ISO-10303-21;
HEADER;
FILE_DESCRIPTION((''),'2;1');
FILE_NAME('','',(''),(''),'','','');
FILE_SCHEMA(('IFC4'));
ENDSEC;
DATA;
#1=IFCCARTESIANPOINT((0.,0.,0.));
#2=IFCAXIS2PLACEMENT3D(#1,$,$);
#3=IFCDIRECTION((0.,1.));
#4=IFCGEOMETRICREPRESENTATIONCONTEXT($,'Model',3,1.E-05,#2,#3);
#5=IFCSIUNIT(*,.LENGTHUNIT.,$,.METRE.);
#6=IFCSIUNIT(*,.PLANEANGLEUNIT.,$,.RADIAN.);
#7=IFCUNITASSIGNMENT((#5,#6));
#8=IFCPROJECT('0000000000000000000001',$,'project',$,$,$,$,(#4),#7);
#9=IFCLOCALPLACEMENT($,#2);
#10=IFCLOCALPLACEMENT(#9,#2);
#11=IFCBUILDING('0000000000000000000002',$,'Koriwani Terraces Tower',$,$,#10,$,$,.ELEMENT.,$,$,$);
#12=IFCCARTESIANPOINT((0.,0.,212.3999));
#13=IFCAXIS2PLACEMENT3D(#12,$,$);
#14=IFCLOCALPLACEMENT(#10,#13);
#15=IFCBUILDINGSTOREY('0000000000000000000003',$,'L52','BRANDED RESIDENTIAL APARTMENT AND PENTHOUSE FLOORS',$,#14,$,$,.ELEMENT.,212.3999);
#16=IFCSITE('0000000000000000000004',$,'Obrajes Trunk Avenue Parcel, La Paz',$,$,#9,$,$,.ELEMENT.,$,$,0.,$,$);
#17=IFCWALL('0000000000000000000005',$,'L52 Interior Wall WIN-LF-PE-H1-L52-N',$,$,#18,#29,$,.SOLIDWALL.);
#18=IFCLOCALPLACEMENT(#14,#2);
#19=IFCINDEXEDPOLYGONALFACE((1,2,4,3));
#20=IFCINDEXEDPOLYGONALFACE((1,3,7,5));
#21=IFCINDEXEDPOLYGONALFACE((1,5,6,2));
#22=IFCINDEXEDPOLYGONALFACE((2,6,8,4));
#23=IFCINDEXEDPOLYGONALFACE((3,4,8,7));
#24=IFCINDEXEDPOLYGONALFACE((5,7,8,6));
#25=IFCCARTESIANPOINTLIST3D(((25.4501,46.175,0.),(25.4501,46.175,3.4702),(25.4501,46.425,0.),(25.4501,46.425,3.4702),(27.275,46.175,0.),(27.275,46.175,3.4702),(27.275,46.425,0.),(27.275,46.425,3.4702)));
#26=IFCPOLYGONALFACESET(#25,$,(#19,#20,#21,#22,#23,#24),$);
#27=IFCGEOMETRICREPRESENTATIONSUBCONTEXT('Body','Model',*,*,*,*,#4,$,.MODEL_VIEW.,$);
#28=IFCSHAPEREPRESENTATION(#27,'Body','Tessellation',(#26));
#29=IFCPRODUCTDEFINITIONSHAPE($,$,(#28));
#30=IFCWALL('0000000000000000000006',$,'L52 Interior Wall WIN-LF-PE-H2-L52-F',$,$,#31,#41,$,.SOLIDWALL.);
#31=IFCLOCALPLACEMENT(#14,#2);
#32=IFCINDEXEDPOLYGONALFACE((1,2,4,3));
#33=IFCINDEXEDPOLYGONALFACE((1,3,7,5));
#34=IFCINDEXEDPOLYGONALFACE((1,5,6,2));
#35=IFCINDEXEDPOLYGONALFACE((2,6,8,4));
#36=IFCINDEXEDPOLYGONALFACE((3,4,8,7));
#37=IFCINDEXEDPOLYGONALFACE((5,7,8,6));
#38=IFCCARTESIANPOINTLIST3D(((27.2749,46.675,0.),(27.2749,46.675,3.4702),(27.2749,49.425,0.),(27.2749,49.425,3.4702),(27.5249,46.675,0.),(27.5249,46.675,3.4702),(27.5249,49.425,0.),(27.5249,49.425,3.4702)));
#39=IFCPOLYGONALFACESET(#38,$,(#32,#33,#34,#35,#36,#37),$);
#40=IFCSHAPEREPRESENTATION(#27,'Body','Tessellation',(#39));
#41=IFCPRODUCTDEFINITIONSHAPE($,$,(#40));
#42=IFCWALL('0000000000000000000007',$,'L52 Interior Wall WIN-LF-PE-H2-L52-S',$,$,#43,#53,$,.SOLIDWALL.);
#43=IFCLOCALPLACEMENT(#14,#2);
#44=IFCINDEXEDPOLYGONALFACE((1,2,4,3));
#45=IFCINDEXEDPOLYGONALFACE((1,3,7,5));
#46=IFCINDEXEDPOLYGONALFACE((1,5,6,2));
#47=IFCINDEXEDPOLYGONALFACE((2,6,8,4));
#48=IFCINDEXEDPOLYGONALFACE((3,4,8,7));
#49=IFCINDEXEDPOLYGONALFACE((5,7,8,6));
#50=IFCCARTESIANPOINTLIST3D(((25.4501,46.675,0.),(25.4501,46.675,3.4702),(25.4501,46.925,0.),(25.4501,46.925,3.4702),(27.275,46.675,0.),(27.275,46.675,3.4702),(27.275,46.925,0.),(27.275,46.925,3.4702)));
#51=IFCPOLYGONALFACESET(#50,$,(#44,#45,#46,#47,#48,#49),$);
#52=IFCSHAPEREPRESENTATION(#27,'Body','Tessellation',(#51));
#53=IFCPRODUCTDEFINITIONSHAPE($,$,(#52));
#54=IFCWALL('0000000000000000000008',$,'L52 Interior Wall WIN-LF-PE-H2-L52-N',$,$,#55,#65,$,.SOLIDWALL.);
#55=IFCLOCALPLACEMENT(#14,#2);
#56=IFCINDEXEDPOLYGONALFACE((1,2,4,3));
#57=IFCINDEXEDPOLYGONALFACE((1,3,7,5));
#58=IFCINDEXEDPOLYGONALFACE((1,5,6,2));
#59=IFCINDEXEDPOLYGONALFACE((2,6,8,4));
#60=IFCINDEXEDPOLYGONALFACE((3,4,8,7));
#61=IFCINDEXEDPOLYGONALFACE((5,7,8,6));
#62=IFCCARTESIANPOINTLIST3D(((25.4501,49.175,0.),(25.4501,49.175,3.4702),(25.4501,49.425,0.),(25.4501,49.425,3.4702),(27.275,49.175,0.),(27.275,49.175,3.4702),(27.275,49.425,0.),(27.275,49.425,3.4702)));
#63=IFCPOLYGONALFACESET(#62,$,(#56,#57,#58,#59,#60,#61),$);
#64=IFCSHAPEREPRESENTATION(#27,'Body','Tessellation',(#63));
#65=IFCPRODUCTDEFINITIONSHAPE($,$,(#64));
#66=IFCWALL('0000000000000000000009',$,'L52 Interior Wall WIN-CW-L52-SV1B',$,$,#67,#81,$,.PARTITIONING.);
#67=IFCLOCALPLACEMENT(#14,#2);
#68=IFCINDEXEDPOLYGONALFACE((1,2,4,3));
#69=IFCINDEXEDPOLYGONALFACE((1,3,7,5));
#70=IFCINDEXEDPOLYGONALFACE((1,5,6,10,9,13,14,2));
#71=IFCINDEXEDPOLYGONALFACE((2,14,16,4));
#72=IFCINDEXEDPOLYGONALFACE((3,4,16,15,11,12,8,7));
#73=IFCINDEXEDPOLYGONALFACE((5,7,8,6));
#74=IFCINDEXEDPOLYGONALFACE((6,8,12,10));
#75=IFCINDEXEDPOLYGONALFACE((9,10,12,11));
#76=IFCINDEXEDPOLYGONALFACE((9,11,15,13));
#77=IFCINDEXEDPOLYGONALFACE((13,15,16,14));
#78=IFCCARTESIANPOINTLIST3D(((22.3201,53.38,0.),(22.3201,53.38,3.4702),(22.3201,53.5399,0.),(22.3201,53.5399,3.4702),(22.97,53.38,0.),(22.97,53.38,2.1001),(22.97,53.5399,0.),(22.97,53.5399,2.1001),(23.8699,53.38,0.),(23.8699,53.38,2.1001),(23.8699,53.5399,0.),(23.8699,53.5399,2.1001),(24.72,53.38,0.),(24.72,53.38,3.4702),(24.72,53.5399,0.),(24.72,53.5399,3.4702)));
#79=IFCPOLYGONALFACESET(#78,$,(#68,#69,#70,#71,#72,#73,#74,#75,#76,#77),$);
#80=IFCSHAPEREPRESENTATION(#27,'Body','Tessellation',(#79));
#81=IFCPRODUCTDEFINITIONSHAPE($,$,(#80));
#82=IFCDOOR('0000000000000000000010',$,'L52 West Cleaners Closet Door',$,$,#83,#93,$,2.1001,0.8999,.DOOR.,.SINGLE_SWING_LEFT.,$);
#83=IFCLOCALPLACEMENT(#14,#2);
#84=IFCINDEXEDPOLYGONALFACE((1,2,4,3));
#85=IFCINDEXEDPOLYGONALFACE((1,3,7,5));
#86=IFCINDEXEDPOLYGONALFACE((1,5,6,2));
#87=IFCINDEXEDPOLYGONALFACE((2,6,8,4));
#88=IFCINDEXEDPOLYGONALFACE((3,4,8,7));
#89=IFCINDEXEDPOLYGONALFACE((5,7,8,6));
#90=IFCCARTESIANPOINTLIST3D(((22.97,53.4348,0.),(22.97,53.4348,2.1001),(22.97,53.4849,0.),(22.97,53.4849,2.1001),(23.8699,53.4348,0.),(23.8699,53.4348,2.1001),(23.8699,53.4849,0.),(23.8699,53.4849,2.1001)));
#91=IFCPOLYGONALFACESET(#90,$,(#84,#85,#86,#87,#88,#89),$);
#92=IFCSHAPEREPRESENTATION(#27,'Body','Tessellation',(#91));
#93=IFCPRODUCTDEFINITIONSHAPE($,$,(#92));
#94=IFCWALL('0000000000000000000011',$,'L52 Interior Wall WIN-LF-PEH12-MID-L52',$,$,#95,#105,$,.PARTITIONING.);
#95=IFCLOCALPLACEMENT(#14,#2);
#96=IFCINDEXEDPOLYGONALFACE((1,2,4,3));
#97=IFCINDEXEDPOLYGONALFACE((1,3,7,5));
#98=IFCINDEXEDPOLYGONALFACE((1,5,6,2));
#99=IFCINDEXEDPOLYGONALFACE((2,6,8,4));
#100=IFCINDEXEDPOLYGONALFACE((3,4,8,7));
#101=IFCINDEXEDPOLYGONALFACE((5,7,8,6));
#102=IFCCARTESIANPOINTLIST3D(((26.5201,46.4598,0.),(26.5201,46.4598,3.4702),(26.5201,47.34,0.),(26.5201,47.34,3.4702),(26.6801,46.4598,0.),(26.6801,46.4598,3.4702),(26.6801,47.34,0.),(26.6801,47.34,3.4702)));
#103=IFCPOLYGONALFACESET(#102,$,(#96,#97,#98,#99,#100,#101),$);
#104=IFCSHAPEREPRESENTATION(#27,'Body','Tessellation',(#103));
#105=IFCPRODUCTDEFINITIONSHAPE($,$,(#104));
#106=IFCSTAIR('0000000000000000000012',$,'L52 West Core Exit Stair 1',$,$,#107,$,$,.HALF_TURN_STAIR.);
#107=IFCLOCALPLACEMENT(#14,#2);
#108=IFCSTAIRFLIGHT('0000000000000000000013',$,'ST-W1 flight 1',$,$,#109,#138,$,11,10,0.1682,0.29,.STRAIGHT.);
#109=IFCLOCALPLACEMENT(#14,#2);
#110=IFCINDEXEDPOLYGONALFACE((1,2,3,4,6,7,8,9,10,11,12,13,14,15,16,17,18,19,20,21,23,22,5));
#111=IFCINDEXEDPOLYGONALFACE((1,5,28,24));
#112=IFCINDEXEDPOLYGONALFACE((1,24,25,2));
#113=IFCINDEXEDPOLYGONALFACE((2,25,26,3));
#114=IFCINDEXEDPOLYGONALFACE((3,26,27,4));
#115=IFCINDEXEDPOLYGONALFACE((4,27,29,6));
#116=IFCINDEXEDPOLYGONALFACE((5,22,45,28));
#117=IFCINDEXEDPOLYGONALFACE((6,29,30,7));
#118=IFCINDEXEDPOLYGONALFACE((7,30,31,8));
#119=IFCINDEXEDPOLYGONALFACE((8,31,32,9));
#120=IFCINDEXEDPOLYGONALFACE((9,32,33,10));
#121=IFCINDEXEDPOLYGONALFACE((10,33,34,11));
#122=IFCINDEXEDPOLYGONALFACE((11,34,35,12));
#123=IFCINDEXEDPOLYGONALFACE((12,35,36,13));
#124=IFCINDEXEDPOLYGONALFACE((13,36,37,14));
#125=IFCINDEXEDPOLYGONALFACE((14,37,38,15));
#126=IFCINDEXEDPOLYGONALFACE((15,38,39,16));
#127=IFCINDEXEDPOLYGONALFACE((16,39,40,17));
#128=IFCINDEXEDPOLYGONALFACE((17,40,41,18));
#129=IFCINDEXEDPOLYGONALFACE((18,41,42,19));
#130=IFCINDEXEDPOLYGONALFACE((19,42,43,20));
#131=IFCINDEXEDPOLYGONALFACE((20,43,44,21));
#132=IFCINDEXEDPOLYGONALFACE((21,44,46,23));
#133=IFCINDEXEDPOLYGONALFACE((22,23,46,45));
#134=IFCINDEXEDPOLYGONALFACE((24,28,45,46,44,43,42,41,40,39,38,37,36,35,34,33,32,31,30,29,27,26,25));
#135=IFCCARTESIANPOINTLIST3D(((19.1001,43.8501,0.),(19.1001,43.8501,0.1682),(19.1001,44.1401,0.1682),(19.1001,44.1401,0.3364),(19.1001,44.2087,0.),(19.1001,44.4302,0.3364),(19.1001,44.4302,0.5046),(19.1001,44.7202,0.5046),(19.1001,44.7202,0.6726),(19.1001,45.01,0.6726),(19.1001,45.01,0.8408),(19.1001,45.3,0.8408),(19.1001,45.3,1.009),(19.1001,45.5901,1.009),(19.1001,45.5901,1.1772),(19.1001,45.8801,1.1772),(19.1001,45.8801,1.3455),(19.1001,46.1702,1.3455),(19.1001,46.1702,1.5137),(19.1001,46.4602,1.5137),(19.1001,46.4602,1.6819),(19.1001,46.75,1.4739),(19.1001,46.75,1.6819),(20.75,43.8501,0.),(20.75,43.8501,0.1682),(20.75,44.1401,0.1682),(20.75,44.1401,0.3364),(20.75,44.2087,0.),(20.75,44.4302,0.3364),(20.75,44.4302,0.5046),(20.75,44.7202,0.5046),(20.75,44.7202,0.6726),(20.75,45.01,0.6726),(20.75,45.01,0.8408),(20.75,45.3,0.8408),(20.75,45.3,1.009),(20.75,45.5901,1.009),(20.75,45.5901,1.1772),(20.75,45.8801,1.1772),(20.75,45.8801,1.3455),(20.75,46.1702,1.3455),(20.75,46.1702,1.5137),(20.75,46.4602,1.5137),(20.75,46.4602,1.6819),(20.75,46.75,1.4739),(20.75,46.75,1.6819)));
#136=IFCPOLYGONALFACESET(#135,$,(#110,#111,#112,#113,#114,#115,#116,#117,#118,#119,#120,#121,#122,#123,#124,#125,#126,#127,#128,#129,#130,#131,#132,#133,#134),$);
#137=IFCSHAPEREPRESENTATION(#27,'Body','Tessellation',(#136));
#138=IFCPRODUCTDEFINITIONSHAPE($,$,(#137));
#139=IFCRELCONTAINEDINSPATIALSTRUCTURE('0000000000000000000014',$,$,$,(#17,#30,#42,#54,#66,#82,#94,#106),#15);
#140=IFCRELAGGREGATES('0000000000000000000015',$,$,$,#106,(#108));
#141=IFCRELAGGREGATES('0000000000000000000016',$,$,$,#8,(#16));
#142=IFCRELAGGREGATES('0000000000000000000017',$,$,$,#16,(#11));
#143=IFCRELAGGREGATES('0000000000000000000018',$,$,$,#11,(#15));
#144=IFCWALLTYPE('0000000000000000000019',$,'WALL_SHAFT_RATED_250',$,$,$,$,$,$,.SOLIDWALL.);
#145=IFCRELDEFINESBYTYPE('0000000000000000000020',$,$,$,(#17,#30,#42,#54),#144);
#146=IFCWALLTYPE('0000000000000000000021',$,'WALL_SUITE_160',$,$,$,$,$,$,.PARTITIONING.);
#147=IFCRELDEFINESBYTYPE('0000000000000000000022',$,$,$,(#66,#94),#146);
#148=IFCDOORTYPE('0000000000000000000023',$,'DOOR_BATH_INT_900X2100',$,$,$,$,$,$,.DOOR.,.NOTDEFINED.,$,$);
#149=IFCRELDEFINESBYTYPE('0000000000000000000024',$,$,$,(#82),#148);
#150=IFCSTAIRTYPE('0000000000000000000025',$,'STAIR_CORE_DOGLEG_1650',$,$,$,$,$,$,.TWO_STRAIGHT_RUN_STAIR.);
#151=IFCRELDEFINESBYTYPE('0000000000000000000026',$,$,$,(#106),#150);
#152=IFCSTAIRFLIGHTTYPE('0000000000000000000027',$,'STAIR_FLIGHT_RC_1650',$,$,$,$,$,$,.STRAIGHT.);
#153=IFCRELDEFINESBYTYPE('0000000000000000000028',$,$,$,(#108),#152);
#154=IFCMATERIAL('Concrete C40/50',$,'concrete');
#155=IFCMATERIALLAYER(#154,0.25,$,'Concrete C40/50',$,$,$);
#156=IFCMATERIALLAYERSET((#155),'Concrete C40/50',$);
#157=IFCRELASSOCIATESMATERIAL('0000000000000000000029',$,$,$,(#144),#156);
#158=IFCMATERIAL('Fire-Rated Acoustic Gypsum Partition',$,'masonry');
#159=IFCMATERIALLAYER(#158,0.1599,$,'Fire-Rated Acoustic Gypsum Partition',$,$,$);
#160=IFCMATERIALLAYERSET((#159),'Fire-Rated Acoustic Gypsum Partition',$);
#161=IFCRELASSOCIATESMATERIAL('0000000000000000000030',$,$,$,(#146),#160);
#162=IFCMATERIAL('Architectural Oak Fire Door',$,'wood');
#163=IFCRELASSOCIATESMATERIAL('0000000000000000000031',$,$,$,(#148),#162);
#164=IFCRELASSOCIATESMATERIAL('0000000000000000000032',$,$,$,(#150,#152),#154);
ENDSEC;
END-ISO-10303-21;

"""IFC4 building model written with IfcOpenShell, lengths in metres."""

from ifc_helpers import new_model, si_unit, direction, frame, frame_2d, origin, place, context, subcontext, project, spatial, polyline, rectangle, outline, extrude, material, layer, layer_set, type_object, element, fill, aggregate, save


model = new_model("IFC4")

# Units and contexts
model_context = context("Model", 3, precision=1e-05, world=origin(), true_north=direction((0.0, 1.0)))
body_context = subcontext(model_context, "Body", "Model", "MODEL_VIEW")
ifc_project = project(units=[si_unit("LENGTHUNIT", "METRE"), si_unit("PLANEANGLEUNIT", "RADIAN")], contexts=[model_context])

# Site, building, storey
site_placement = place(None, origin())
site = spatial("IfcSite", under=ifc_project, at=site_placement, Name="Obrajes Trunk Avenue Parcel, La Paz", CompositionType="ELEMENT", RefElevation=0.0)
building_placement = place(site_placement, origin())
building = spatial("IfcBuilding", under=site, at=building_placement, Name="Koriwani Terraces Tower", CompositionType="ELEMENT")
storey_placement = place(building_placement, frame((0.0, 0.0, 212.3999)))
storey = spatial("IfcBuildingStorey", under=building, at=storey_placement, Name="L52", Description="BRANDED RESIDENTIAL APARTMENT AND PENTHOUSE FLOORS", CompositionType="ELEMENT", Elevation=212.3999)

# Shared definitions
ifc_material_1 = material(Name="Architectural Oak Fire Door", Category="wood")

# Shared definitions
ifc_material_2 = material(Name="Concrete C40/50", Category="concrete")
ifc_layer_1 = layer(ifc_material_2, 0.25, Name="Concrete C40/50")
ifc_layer_set_1 = layer_set([ifc_layer_1], Name="Concrete C40/50")
wall_type_1 = type_object("IfcWallType", Name="WALL_SHAFT_RATED_250", PredefinedType="SOLIDWALL", material=ifc_layer_set_1)

# Walls
for number, where, z_axis, x_axis, name in (
    (1, (25.45, 46.3, 0.0), (0.0, 0.0, 1.0), (1.0, 0.0, 0.0), "L52 Interior Wall WIN-LF-PE-H1-L52-N"),
):
    element("IfcWall", number, at=place(storey_placement, frame(where, z_axis=z_axis, x_axis=x_axis)), inside=storey, type_object=wall_type_1, Name=name, PredefinedType="SOLIDWALL", context=body_context, shape_type="SweptSolid", body=[
        extrude(rectangle(XDim=1.825, YDim=0.25, at=frame_2d((0.9126, 0.0))), origin(), (0.0, 0.0, 1.0), 3.4702),
    ])
wall_1_placement = place(storey_placement, frame((27.3999, 46.675, 0.0), z_axis=(0.0, 0.0, 1.0), x_axis=(0.0, 1.0, 0.0)))
element("IfcWall", 2, at=wall_1_placement, inside=storey, type_object=wall_type_1, Name="L52 Interior Wall WIN-LF-PE-H2-L52-F", PredefinedType="SOLIDWALL", context=body_context, shape_type="SweptSolid", body=[
    extrude(rectangle(XDim=2.75, YDim=0.25, at=frame_2d((1.375, 0.0))), origin(), (0.0, 0.0, 1.0), 3.4702),
])
for number, where, z_axis, x_axis, name in (
    (3, (25.45, 46.8, 0.0), (0.0, 0.0, 1.0), (1.0, 0.0, 0.0), "L52 Interior Wall WIN-LF-PE-H2-L52-S"),
    (4, (25.45, 49.3, 0.0), (0.0, 0.0, 1.0), (1.0, 0.0, 0.0), "L52 Interior Wall WIN-LF-PE-H2-L52-N"),
):
    element("IfcWall", number, at=place(storey_placement, frame(where, z_axis=z_axis, x_axis=x_axis)), inside=storey, type_object=wall_type_1, Name=name, PredefinedType="SOLIDWALL", context=body_context, shape_type="SweptSolid", body=[
        extrude(rectangle(XDim=1.825, YDim=0.25, at=frame_2d((0.9126, 0.0))), origin(), (0.0, 0.0, 1.0), 3.4702),
    ])

# Wall, opening, door
ifc_material_3 = material(Name="Fire-Rated Acoustic Gypsum Partition", Category="masonry")
ifc_layer_2 = layer(ifc_material_3, 0.1599, Name="Fire-Rated Acoustic Gypsum Partition")
ifc_layer_set_2 = layer_set([ifc_layer_2], Name="Fire-Rated Acoustic Gypsum Partition")
wall_type_2 = type_object("IfcWallType", Name="WALL_SUITE_160", PredefinedType="PARTITIONING", material=ifc_layer_set_2)
wall_2_placement = place(storey_placement, frame((22.3201, 53.46, 0.0), z_axis=(0.0, 0.0, 1.0), x_axis=(1.0, 0.0, 0.0)))
wall_2 = element("IfcWall", 5, at=wall_2_placement, inside=storey, type_object=wall_type_2, Name="L52 Interior Wall WIN-CW-L52-SV1B", PredefinedType="PARTITIONING", context=body_context, shape_type="SweptSolid", body=[
    extrude(rectangle(XDim=2.3999, YDim=0.1599, at=frame_2d((1.2, 0.0))), origin(), (0.0, 0.0, 1.0), 3.4702),
])
opening_1_placement = place(wall_2_placement, frame((0.6499, 0.0, 0.0)))
opening_1 = element("IfcOpeningElement", 6, at=opening_1_placement, cuts=wall_2, PredefinedType="OPENING", context=body_context, shape_type="SweptSolid", body=[
    extrude(rectangle(XDim=0.8999, YDim=2.1001, at=frame_2d((0.45, 1.05))), frame((0.0, 0.0898, 0.0), z_axis=(0.0, -1.0, 0.0), x_axis=(1.0, 0.0, 0.0)), (0.0, 0.0, 1.0), 0.1799),
])
door_type_1 = type_object("IfcDoorType", Name="DOOR_BATH_INT_900X2100", OperationType="NOTDEFINED", PredefinedType="DOOR", material=ifc_material_1)
door_1_placement = place(opening_1_placement, origin())
door_1 = element("IfcDoor", 7, at=door_1_placement, inside=storey, type_object=door_type_1, Name="L52 West Cleaners Closet Door", OperationType="SINGLE_SWING_LEFT", OverallHeight=2.1001, OverallWidth=0.8999, PredefinedType="DOOR", context=body_context, shape_type="SweptSolid", body=[
    extrude(rectangle(XDim=0.8999, YDim=2.1001, at=frame_2d((0.45, 1.05))), frame((0.0, 0.0249, 0.0), z_axis=(0.0, -1.0, 0.0), x_axis=(1.0, 0.0, 0.0)), (0.0, 0.0, 1.0), 0.05),
])
fill(opening_1, door_1)

# Wall
wall_3_placement = place(storey_placement, frame((26.6001, 46.46, 0.0), z_axis=(0.0, 0.0, 1.0), x_axis=(0.0, 1.0, 0.0)))
element("IfcWall", 8, at=wall_3_placement, inside=storey, type_object=wall_type_2, Name="L52 Interior Wall WIN-LF-PEH12-MID-L52", PredefinedType="PARTITIONING", context=body_context, shape_type="SweptSolid", body=[
    extrude(rectangle(XDim=0.8801, YDim=0.1599, at=frame_2d((0.4399, 0.0))), origin(), (0.0, 0.0, 1.0), 3.4702),
])

# Stair, stair flight
stair_type = type_object("IfcStairType", Name="STAIR_CORE_DOGLEG_1650", PredefinedType="TWO_STRAIGHT_RUN_STAIR", material=ifc_material_2)
stair_placement = place(storey_placement, origin())
stair = element("IfcStair", 9, at=stair_placement, inside=storey, type_object=stair_type, Name="L52 West Core Exit Stair 1", PredefinedType="HALF_TURN_STAIR")
stair_flight_type = type_object("IfcStairFlightType", Name="STAIR_FLIGHT_RC_1650", PredefinedType="STRAIGHT", material=ifc_material_2)
stair_flight_placement = place(storey_placement, frame((19.925, 43.8501, 0.0), z_axis=(0.0, 0.0, 1.0), x_axis=(0.0, 1.0, 0.0)))
stair_flight = element("IfcStairFlight", 10, at=stair_flight_placement, type_object=stair_flight_type, Name="ST-W1 flight 1", NumberOfRisers=11, NumberOfTreads=10, PredefinedType="STRAIGHT", RiserHeight=0.1682, TreadLength=0.29, context=body_context, shape_type="SweptSolid", body=[
    extrude(outline(polyline([(0.0, 0.0), (0.0, 0.1682), (0.29, 0.1682), (0.29, 0.3364), (0.5801, 0.3364), (0.5801, 0.5046), (0.8701, 0.5046), (0.8701, 0.6726), (1.1599, 0.6726), (1.1599, 0.8408), (1.45, 0.8408), (1.45, 1.009), (1.74, 1.009), (1.74, 1.1772), (2.03, 1.1772), (2.03, 1.3455), (2.3201, 1.3455), (2.3201, 1.5137), (2.6101, 1.5137), (2.6101, 1.6819), (2.8999, 1.6819), (2.8999, 1.8501), (2.8999, 1.4739), (0.3586, 0.0), (0.0, 0.0)])), frame((0.0, 0.825, 0.0), z_axis=(0.0, -1.0, 0.0), x_axis=(1.0, 0.0, 0.0)), (0.0, 0.0, 1.0), 1.6499),
])
aggregate(stair, [stair_flight])

save(model, "model.ifc")
